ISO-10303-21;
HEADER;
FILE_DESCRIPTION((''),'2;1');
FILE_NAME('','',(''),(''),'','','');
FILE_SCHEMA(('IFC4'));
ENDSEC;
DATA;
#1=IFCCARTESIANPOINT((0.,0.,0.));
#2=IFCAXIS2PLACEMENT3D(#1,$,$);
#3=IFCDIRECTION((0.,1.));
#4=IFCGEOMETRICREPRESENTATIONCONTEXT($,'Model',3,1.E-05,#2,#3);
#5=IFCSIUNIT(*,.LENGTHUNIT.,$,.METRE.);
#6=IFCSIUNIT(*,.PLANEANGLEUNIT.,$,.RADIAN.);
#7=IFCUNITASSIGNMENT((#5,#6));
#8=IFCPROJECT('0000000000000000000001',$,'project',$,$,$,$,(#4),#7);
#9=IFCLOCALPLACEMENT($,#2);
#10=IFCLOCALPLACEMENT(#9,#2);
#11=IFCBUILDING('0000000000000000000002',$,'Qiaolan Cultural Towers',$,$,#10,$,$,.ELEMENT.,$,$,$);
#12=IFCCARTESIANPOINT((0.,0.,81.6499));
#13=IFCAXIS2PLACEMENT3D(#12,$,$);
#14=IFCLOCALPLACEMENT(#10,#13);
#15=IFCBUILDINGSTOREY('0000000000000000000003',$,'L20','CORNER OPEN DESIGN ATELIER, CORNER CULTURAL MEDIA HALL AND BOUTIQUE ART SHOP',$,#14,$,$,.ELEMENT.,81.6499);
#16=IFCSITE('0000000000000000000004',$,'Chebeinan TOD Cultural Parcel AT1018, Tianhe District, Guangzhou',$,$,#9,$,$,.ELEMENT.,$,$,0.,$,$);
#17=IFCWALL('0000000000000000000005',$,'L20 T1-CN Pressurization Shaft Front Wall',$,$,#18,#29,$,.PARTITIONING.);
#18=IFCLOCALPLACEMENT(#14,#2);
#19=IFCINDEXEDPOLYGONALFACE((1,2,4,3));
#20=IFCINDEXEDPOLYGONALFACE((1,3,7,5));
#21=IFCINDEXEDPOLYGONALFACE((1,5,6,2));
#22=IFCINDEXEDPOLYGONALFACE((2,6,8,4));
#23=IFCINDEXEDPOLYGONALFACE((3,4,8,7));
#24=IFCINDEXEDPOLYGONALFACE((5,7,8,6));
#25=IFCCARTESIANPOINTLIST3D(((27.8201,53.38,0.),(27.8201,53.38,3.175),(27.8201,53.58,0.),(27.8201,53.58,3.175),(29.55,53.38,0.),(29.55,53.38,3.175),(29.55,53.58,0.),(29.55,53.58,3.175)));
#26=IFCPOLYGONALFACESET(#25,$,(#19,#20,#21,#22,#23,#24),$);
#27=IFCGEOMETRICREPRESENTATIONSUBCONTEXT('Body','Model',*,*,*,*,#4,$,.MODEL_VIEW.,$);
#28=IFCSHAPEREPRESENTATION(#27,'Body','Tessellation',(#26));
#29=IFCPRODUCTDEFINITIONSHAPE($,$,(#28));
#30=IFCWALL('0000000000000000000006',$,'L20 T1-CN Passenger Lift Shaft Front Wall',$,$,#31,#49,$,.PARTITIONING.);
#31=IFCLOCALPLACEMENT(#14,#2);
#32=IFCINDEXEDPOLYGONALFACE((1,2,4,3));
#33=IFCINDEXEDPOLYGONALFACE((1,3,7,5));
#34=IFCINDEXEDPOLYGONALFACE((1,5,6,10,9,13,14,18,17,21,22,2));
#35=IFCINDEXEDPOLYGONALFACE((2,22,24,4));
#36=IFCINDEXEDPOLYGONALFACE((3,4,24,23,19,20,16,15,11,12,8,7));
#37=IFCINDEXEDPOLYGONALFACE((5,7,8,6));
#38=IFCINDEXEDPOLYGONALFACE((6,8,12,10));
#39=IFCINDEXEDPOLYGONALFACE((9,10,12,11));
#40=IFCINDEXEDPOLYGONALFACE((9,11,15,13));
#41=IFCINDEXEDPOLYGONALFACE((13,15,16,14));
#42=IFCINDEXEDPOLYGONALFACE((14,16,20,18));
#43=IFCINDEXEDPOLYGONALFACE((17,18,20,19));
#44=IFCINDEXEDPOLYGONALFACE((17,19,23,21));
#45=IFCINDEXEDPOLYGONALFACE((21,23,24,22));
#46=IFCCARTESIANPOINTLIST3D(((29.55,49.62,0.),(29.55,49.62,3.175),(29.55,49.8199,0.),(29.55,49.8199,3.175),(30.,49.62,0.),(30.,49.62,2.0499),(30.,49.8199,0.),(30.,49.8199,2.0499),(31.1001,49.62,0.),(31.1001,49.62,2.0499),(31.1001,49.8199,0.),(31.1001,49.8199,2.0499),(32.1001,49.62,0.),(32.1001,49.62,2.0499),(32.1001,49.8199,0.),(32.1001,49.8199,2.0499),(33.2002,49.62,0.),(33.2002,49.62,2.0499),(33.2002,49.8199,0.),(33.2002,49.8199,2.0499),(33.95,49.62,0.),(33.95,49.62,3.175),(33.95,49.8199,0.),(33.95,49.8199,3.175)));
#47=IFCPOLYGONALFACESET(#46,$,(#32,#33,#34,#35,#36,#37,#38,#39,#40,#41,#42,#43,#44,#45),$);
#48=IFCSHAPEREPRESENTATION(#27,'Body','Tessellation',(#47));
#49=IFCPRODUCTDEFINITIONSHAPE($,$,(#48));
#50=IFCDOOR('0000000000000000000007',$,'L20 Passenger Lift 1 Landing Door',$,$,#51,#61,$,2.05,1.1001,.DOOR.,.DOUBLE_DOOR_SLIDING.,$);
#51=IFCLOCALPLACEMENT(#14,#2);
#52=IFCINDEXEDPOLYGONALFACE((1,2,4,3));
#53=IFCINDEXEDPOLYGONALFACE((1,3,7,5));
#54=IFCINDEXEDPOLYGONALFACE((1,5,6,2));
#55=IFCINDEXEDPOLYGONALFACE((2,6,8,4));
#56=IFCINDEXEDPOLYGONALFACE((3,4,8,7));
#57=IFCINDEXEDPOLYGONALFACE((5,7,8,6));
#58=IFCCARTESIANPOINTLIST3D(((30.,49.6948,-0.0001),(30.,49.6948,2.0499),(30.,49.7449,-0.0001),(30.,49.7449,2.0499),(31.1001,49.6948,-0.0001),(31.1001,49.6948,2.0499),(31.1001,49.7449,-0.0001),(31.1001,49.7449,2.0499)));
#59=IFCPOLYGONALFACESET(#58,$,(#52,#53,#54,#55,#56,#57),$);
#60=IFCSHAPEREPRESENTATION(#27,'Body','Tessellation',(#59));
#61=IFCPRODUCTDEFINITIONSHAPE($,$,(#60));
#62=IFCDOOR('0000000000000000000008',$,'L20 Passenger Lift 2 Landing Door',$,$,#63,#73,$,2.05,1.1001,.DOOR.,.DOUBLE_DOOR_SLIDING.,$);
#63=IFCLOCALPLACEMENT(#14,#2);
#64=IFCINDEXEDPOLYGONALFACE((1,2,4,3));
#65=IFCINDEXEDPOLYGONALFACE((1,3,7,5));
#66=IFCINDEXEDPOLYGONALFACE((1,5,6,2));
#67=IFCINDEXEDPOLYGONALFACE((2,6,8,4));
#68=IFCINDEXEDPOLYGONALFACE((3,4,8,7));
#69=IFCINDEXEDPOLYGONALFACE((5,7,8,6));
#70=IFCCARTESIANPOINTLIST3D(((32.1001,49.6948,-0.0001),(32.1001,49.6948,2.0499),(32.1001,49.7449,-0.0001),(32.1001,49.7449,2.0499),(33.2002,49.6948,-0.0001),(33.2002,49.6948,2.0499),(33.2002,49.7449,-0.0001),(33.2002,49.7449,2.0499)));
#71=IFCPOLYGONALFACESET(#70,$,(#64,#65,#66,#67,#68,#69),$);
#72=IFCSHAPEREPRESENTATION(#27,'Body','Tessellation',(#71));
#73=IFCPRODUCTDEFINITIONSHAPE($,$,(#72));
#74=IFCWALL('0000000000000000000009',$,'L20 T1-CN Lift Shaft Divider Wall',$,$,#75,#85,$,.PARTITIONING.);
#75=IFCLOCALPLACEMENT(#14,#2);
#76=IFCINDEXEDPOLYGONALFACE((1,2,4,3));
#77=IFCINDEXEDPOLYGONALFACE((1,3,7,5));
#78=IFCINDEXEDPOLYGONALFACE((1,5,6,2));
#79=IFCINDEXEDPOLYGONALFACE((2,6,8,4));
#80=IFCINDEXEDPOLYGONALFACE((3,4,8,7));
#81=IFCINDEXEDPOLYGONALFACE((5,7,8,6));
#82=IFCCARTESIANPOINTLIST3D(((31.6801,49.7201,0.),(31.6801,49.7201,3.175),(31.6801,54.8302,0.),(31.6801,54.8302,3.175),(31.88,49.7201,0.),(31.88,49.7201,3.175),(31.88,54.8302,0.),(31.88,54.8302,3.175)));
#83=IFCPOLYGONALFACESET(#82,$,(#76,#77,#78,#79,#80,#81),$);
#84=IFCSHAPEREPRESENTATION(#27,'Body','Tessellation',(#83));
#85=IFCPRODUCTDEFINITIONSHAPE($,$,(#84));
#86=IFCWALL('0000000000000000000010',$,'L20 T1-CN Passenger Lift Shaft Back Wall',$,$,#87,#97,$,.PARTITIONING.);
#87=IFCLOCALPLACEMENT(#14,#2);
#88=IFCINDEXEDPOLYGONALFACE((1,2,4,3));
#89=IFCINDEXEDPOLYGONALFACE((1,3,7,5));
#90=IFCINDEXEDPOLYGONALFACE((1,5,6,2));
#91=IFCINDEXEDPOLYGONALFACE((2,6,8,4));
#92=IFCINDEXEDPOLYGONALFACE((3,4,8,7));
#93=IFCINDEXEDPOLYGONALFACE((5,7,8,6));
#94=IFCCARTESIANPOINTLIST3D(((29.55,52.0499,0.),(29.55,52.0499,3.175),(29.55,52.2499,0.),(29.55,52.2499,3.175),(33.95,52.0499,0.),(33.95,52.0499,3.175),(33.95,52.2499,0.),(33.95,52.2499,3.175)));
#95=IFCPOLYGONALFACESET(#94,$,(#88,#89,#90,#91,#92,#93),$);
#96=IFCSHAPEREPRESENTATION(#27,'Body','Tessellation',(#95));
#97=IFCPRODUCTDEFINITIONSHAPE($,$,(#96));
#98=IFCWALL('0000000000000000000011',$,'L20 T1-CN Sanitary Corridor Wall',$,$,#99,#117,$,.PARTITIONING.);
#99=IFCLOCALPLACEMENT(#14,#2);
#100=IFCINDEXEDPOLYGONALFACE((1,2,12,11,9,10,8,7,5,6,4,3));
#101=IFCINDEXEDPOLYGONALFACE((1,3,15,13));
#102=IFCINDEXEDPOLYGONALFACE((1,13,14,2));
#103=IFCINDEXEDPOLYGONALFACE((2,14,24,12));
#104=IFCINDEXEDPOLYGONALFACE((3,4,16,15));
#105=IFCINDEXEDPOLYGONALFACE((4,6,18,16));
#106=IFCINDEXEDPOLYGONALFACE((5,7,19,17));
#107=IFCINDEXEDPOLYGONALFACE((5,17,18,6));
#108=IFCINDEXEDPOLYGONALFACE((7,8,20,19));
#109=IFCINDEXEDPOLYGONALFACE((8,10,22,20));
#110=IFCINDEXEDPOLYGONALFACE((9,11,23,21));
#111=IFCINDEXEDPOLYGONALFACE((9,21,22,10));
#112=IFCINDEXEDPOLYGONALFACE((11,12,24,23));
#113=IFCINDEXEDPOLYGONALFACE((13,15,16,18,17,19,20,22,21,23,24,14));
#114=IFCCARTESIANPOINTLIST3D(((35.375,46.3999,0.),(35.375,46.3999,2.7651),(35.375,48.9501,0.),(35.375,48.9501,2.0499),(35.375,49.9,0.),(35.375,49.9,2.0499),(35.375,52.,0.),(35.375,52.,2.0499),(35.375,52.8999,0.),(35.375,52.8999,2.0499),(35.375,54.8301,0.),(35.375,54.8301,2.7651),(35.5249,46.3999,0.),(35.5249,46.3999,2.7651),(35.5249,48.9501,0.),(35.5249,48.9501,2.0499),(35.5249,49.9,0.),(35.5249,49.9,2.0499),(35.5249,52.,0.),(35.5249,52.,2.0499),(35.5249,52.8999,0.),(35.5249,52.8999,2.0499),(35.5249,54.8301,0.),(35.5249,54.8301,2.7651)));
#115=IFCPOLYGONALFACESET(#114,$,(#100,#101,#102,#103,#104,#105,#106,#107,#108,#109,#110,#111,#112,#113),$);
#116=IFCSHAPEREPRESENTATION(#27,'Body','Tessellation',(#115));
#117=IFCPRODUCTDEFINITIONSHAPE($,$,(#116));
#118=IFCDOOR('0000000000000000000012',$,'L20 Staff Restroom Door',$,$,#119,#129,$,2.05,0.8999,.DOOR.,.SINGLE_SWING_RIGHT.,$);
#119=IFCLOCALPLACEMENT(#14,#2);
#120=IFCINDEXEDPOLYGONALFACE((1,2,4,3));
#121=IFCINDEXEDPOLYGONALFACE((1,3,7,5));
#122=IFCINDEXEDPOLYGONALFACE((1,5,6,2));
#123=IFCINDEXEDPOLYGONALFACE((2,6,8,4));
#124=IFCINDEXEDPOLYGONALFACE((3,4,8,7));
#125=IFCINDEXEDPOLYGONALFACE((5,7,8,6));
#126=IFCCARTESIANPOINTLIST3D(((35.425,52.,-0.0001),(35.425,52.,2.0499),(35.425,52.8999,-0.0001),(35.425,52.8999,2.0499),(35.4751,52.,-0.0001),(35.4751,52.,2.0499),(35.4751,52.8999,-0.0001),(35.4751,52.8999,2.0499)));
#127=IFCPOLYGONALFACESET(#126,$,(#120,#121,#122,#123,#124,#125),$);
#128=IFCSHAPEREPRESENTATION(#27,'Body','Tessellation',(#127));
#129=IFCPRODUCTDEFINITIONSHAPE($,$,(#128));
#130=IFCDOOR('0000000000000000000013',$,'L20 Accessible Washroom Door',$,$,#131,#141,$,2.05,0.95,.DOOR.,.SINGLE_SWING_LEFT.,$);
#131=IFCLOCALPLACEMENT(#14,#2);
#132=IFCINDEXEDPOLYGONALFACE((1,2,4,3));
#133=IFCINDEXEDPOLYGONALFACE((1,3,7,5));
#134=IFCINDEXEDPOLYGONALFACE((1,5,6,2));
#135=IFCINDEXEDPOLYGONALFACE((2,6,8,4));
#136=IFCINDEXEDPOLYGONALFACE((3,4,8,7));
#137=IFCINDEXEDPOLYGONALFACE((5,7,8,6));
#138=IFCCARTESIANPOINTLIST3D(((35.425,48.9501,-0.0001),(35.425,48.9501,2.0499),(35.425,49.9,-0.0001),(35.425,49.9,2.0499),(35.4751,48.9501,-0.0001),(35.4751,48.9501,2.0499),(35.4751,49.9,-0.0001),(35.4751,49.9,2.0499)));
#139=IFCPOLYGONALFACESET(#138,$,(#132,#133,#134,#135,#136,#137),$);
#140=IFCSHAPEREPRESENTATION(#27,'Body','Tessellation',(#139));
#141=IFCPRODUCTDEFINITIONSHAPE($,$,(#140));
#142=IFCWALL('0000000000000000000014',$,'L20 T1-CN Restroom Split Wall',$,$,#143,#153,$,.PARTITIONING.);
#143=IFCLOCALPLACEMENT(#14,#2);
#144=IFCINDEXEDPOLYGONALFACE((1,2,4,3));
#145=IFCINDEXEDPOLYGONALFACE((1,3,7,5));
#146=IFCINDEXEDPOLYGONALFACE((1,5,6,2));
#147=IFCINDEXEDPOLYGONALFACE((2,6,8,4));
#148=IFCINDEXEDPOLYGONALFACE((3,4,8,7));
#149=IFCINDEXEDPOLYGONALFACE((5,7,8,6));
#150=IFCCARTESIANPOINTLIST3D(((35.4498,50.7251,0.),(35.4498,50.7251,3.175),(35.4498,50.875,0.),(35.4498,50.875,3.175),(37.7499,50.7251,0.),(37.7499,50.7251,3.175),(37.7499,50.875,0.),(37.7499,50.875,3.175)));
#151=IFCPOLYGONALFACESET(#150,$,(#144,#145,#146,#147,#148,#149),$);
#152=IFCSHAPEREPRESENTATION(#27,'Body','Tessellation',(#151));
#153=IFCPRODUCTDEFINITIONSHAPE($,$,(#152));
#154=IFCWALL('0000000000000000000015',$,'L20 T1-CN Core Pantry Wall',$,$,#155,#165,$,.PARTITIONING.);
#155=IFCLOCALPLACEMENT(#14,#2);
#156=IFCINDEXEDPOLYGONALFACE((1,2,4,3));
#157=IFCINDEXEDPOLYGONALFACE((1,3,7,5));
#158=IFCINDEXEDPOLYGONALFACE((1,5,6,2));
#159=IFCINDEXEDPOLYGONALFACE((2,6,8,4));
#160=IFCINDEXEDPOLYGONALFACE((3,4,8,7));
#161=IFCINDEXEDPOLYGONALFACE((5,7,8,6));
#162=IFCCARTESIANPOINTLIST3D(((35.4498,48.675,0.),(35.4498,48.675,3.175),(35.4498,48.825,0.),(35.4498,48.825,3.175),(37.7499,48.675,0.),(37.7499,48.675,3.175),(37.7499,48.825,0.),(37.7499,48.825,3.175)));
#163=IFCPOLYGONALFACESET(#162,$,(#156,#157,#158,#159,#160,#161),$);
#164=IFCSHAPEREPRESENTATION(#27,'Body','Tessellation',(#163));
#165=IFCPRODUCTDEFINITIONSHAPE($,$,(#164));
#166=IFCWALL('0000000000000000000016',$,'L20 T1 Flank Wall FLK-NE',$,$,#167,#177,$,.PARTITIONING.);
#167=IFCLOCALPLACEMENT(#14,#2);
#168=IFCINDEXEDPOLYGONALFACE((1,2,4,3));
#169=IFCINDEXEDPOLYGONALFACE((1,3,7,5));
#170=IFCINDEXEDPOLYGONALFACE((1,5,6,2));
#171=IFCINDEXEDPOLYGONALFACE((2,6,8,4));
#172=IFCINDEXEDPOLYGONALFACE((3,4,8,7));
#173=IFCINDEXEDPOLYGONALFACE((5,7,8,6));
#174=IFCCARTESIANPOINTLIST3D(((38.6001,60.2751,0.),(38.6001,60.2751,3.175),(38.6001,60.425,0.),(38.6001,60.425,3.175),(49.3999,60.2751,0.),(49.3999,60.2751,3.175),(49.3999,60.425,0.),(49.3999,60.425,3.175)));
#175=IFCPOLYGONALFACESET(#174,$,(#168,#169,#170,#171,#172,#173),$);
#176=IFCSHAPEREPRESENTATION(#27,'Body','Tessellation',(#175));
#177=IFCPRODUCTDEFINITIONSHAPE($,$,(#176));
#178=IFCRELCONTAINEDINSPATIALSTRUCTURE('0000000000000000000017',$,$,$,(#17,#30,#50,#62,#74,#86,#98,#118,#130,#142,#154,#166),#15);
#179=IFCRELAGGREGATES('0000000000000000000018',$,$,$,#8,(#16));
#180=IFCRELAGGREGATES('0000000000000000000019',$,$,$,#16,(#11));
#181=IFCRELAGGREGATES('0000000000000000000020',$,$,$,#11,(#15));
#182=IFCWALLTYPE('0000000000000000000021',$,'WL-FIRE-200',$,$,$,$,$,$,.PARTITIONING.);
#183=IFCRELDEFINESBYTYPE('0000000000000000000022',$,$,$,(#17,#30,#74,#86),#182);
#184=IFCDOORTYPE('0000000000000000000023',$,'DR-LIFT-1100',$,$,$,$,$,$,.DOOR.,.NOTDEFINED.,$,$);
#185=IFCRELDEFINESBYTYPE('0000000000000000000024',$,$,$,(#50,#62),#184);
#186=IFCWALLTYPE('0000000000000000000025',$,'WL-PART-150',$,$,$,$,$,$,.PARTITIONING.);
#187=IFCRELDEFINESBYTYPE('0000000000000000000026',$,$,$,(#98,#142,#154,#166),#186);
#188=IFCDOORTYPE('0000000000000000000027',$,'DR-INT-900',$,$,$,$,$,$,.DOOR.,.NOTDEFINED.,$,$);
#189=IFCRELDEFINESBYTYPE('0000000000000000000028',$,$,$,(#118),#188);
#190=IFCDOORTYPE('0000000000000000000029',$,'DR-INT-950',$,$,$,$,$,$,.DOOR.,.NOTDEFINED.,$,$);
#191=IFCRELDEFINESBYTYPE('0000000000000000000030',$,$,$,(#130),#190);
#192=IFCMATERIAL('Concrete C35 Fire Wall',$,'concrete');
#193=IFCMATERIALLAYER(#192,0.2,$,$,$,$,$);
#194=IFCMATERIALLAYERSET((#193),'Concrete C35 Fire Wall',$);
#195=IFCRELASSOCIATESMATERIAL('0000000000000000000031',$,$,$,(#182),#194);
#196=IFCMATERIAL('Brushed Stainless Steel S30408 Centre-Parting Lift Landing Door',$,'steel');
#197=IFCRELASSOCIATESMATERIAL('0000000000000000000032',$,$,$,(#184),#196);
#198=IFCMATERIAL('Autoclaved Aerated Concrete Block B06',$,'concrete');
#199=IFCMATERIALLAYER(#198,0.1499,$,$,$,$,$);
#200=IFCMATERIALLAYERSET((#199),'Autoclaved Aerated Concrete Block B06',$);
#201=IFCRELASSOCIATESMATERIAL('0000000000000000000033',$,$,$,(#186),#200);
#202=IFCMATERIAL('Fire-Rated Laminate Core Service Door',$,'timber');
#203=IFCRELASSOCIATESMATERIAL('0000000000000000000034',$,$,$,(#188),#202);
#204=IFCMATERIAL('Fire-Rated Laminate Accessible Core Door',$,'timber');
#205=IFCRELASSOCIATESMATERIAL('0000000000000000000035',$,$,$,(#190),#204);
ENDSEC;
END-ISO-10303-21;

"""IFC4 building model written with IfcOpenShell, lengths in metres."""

from ifc_helpers import new_model, si_unit, direction, frame, frame_2d, origin, place, context, subcontext, project, spatial, rectangle, extrude, material, layer, layer_set, type_object, element, fill, save


model = new_model("IFC4")

# Units and contexts
model_context = context("Model", 3, precision=1e-05, world=origin(), true_north=direction((0.0, 1.0)))
body_context = subcontext(model_context, "Body", "Model", "MODEL_VIEW")
ifc_project = project(units=[si_unit("LENGTHUNIT", "METRE"), si_unit("PLANEANGLEUNIT", "RADIAN")], contexts=[model_context])

# Site, building, storey
site_placement = place(None, origin())
site = spatial("IfcSite", under=ifc_project, at=site_placement, Name="Chebeinan TOD Cultural Parcel AT1018, Tianhe District, Guangzhou", CompositionType="ELEMENT", RefElevation=0.0)
building_placement = place(site_placement, origin())
building = spatial("IfcBuilding", under=site, at=building_placement, Name="Qiaolan Cultural Towers", CompositionType="ELEMENT")
storey_placement = place(building_placement, frame((0.0, 0.0, 81.6499)))
storey = spatial("IfcBuildingStorey", under=building, at=storey_placement, Name="L20", Description="CORNER OPEN DESIGN ATELIER, CORNER CULTURAL MEDIA HALL AND BOUTIQUE ART SHOP", CompositionType="ELEMENT", Elevation=81.6499)

# Shared definitions
ifc_material_1 = material(Name="Concrete C35 Fire Wall", Category="concrete")
ifc_layer_1 = layer(ifc_material_1, 0.2)
ifc_layer_set_1 = layer_set([ifc_layer_1], Name="Concrete C35 Fire Wall")
wall_type_1 = type_object("IfcWallType", Name="WL-FIRE-200", PredefinedType="PARTITIONING", material=ifc_layer_set_1)
ifc_material_2 = material(Name="Brushed Stainless Steel S30408 Centre-Parting Lift Landing Door", Category="steel")
door_type_1 = type_object("IfcDoorType", Name="DR-LIFT-1100", OperationType="NOTDEFINED", PredefinedType="DOOR", material=ifc_material_2)

# Wall
wall_1_placement = place(storey_placement, frame((27.8201, 53.48, 0.0), z_axis=(0.0, 0.0, 1.0), x_axis=(1.0, 0.0, 0.0)))
element("IfcWall", 1, at=wall_1_placement, inside=storey, type_object=wall_type_1, Name="L20 T1-CN Pressurization Shaft Front Wall", PredefinedType="PARTITIONING", context=body_context, shape_type="SweptSolid", body=[
    extrude(rectangle(XDim=1.73, YDim=0.2, at=frame_2d((0.865, 0.0))), origin(), (0.0, 0.0, 1.0), 3.175),
])

# Wall, openings, doors
wall_2_placement = place(storey_placement, frame((29.55, 49.72, 0.0), z_axis=(0.0, 0.0, 1.0), x_axis=(1.0, 0.0, 0.0)))
wall_2 = element("IfcWall", 2, at=wall_2_placement, inside=storey, type_object=wall_type_1, Name="L20 T1-CN Passenger Lift Shaft Front Wall", PredefinedType="PARTITIONING", context=body_context, shape_type="SweptSolid", body=[
    extrude(rectangle(XDim=4.3999, YDim=0.2, at=frame_2d((2.2, 0.0))), origin(), (0.0, 0.0, 1.0), 3.175),
])
opening_1_placement = place(wall_2_placement, frame((0.45, 0.0, 0.0)))
opening_1 = element("IfcOpeningElement", 3, at=opening_1_placement, cuts=wall_2, PredefinedType="OPENING", context=body_context, shape_type="SweptSolid", body=[
    extrude(rectangle(XDim=1.1001, YDim=2.05, at=frame_2d((0.55, 1.0249))), frame((0.0, 0.1099, 0.0), z_axis=(0.0, -1.0, 0.0), x_axis=(1.0, 0.0, 0.0)), (0.0, 0.0, 1.0), 0.22),
])
opening_2_placement = place(wall_2_placement, frame((2.55, 0.0, 0.0)))
opening_2 = element("IfcOpeningElement", 4, at=opening_2_placement, cuts=wall_2, PredefinedType="OPENING", context=body_context, shape_type="SweptSolid", body=[
    extrude(rectangle(XDim=1.1001, YDim=2.05, at=frame_2d((0.55, 1.0249))), frame((0.0, 0.1099, 0.0), z_axis=(0.0, -1.0, 0.0), x_axis=(1.0, 0.0, 0.0)), (0.0, 0.0, 1.0), 0.22),
])
door_1_placement = place(opening_1_placement, origin())
door_1 = element("IfcDoor", 5, at=door_1_placement, inside=storey, type_object=door_type_1, Name="L20 Passenger Lift 1 Landing Door", OperationType="DOUBLE_DOOR_SLIDING", OverallHeight=2.05, OverallWidth=1.1001, PredefinedType="DOOR", context=body_context, shape_type="SweptSolid", body=[
    extrude(rectangle(XDim=1.1001, YDim=2.05, at=frame_2d((0.55, 1.0249))), frame((0.0, 0.0249, 0.0), z_axis=(0.0, -1.0, 0.0), x_axis=(1.0, 0.0, 0.0)), (0.0, 0.0, 1.0), 0.05),
])
fill(opening_1, door_1)
door_2_placement = place(opening_2_placement, origin())
door_2 = element("IfcDoor", 6, at=door_2_placement, inside=storey, type_object=door_type_1, Name="L20 Passenger Lift 2 Landing Door", OperationType="DOUBLE_DOOR_SLIDING", OverallHeight=2.05, OverallWidth=1.1001, PredefinedType="DOOR", context=body_context, shape_type="SweptSolid", body=[
    extrude(rectangle(XDim=1.1001, YDim=2.05, at=frame_2d((0.55, 1.0249))), frame((0.0, 0.0249, 0.0), z_axis=(0.0, -1.0, 0.0), x_axis=(1.0, 0.0, 0.0)), (0.0, 0.0, 1.0), 0.05),
])
fill(opening_2, door_2)

# Walls
wall_3_placement = place(storey_placement, frame((31.78, 49.72, 0.0), z_axis=(0.0, 0.0, 1.0), x_axis=(0.0, 1.0, 0.0)))
element("IfcWall", 7, at=wall_3_placement, inside=storey, type_object=wall_type_1, Name="L20 T1-CN Lift Shaft Divider Wall", PredefinedType="PARTITIONING", context=body_context, shape_type="SweptSolid", body=[
    extrude(rectangle(XDim=5.1101, YDim=0.2, at=frame_2d((2.5552, 0.0))), origin(), (0.0, 0.0, 1.0), 3.175),
])
wall_4_placement = place(storey_placement, frame((29.55, 52.1499, 0.0), z_axis=(0.0, 0.0, 1.0), x_axis=(1.0, 0.0, 0.0)))
element("IfcWall", 8, at=wall_4_placement, inside=storey, type_object=wall_type_1, Name="L20 T1-CN Passenger Lift Shaft Back Wall", PredefinedType="PARTITIONING", context=body_context, shape_type="SweptSolid", body=[
    extrude(rectangle(XDim=4.3999, YDim=0.2, at=frame_2d((2.2, 0.0))), origin(), (0.0, 0.0, 1.0), 3.175),
])

# Wall, openings, doors
ifc_material_3 = material(Name="Autoclaved Aerated Concrete Block B06", Category="concrete")
ifc_layer_2 = layer(ifc_material_3, 0.1499)
ifc_layer_set_2 = layer_set([ifc_layer_2], Name="Autoclaved Aerated Concrete Block B06")
wall_type_2 = type_object("IfcWallType", Name="WL-PART-150", PredefinedType="PARTITIONING", material=ifc_layer_set_2)
wall_5_placement = place(storey_placement, frame((35.45, 46.3999, 0.0), z_axis=(0.0, 0.0, 1.0), x_axis=(0.0, 1.0, 0.0)))
wall_5 = element("IfcWall", 9, at=wall_5_placement, inside=storey, type_object=wall_type_2, Name="L20 T1-CN Sanitary Corridor Wall", PredefinedType="PARTITIONING", context=body_context, shape_type="SweptSolid", body=[
    extrude(rectangle(XDim=8.4302, YDim=0.1499, at=frame_2d((4.2151, 0.0))), origin(), (0.0, 0.0, 1.0), 2.7651),
])
opening_3_placement = place(wall_5_placement, frame((2.55, 0.0, 0.0)))
opening_3 = element("IfcOpeningElement", 10, at=opening_3_placement, cuts=wall_5, PredefinedType="OPENING", context=body_context, shape_type="SweptSolid", body=[
    extrude(rectangle(XDim=0.95, YDim=2.05, at=frame_2d((0.4751, 1.0249))), frame((0.0, 0.085, 0.0), z_axis=(0.0, -1.0, 0.0), x_axis=(1.0, 0.0, 0.0)), (0.0, 0.0, 1.0), 0.1699),
])
opening_4_placement = place(wall_5_placement, frame((5.6001, 0.0, 0.0)))
opening_4 = element("IfcOpeningElement", 11, at=opening_4_placement, cuts=wall_5, PredefinedType="OPENING", context=body_context, shape_type="SweptSolid", body=[
    extrude(rectangle(XDim=0.8999, YDim=2.05, at=frame_2d((0.45, 1.0249))), frame((0.0, 0.085, 0.0), z_axis=(0.0, -1.0, 0.0), x_axis=(1.0, 0.0, 0.0)), (0.0, 0.0, 1.0), 0.1699),
])
ifc_material_4 = material(Name="Fire-Rated Laminate Core Service Door", Category="timber")
door_type_2 = type_object("IfcDoorType", Name="DR-INT-900", OperationType="NOTDEFINED", PredefinedType="DOOR", material=ifc_material_4)
door_3_placement = place(opening_4_placement, origin())
door_3 = element("IfcDoor", 12, at=door_3_placement, inside=storey, type_object=door_type_2, Name="L20 Staff Restroom Door", OperationType="SINGLE_SWING_RIGHT", OverallHeight=2.05, OverallWidth=0.8999, PredefinedType="DOOR", context=body_context, shape_type="SweptSolid", body=[
    extrude(rectangle(XDim=0.8999, YDim=2.05, at=frame_2d((0.45, 1.0249))), frame((0.0, 0.0249, 0.0), z_axis=(0.0, -1.0, 0.0), x_axis=(1.0, 0.0, 0.0)), (0.0, 0.0, 1.0), 0.05),
])
fill(opening_4, door_3)
ifc_material_5 = material(Name="Fire-Rated Laminate Accessible Core Door", Category="timber")
door_type_3 = type_object("IfcDoorType", Name="DR-INT-950", OperationType="NOTDEFINED", PredefinedType="DOOR", material=ifc_material_5)
door_4_placement = place(opening_3_placement, origin())
door_4 = element("IfcDoor", 13, at=door_4_placement, inside=storey, type_object=door_type_3, Name="L20 Accessible Washroom Door", OperationType="SINGLE_SWING_LEFT", OverallHeight=2.05, OverallWidth=0.95, PredefinedType="DOOR", context=body_context, shape_type="SweptSolid", body=[
    extrude(rectangle(XDim=0.95, YDim=2.05, at=frame_2d((0.4751, 1.0249))), frame((0.0, 0.0249, 0.0), z_axis=(0.0, -1.0, 0.0), x_axis=(1.0, 0.0, 0.0)), (0.0, 0.0, 1.0), 0.05),
])
fill(opening_3, door_4)

# Walls
for number, where, z_axis, x_axis, name in (
    (14, (35.45, 50.8, 0.0), (0.0, 0.0, 1.0), (1.0, 0.0, 0.0), "L20 T1-CN Restroom Split Wall"),
    (15, (35.45, 48.75, 0.0), (0.0, 0.0, 1.0), (1.0, 0.0, 0.0), "L20 T1-CN Core Pantry Wall"),
):
    element("IfcWall", number, at=place(storey_placement, frame(where, z_axis=z_axis, x_axis=x_axis)), inside=storey, type_object=wall_type_2, Name=name, PredefinedType="PARTITIONING", context=body_context, shape_type="SweptSolid", body=[
        extrude(rectangle(XDim=2.3, YDim=0.1499, at=frame_2d((1.1499, 0.0))), origin(), (0.0, 0.0, 1.0), 3.175),
    ])
wall_6_placement = place(storey_placement, frame((38.6001, 60.3501, 0.0), z_axis=(0.0, 0.0, 1.0), x_axis=(1.0, 0.0, 0.0)))
element("IfcWall", 16, at=wall_6_placement, inside=storey, type_object=wall_type_2, Name="L20 T1 Flank Wall FLK-NE", PredefinedType="PARTITIONING", context=body_context, shape_type="SweptSolid", body=[
    extrude(rectangle(XDim=10.7998, YDim=0.1499, at=frame_2d((5.3999, 0.0))), origin(), (0.0, 0.0, 1.0), 3.175),
])

save(model, "model.ifc")
